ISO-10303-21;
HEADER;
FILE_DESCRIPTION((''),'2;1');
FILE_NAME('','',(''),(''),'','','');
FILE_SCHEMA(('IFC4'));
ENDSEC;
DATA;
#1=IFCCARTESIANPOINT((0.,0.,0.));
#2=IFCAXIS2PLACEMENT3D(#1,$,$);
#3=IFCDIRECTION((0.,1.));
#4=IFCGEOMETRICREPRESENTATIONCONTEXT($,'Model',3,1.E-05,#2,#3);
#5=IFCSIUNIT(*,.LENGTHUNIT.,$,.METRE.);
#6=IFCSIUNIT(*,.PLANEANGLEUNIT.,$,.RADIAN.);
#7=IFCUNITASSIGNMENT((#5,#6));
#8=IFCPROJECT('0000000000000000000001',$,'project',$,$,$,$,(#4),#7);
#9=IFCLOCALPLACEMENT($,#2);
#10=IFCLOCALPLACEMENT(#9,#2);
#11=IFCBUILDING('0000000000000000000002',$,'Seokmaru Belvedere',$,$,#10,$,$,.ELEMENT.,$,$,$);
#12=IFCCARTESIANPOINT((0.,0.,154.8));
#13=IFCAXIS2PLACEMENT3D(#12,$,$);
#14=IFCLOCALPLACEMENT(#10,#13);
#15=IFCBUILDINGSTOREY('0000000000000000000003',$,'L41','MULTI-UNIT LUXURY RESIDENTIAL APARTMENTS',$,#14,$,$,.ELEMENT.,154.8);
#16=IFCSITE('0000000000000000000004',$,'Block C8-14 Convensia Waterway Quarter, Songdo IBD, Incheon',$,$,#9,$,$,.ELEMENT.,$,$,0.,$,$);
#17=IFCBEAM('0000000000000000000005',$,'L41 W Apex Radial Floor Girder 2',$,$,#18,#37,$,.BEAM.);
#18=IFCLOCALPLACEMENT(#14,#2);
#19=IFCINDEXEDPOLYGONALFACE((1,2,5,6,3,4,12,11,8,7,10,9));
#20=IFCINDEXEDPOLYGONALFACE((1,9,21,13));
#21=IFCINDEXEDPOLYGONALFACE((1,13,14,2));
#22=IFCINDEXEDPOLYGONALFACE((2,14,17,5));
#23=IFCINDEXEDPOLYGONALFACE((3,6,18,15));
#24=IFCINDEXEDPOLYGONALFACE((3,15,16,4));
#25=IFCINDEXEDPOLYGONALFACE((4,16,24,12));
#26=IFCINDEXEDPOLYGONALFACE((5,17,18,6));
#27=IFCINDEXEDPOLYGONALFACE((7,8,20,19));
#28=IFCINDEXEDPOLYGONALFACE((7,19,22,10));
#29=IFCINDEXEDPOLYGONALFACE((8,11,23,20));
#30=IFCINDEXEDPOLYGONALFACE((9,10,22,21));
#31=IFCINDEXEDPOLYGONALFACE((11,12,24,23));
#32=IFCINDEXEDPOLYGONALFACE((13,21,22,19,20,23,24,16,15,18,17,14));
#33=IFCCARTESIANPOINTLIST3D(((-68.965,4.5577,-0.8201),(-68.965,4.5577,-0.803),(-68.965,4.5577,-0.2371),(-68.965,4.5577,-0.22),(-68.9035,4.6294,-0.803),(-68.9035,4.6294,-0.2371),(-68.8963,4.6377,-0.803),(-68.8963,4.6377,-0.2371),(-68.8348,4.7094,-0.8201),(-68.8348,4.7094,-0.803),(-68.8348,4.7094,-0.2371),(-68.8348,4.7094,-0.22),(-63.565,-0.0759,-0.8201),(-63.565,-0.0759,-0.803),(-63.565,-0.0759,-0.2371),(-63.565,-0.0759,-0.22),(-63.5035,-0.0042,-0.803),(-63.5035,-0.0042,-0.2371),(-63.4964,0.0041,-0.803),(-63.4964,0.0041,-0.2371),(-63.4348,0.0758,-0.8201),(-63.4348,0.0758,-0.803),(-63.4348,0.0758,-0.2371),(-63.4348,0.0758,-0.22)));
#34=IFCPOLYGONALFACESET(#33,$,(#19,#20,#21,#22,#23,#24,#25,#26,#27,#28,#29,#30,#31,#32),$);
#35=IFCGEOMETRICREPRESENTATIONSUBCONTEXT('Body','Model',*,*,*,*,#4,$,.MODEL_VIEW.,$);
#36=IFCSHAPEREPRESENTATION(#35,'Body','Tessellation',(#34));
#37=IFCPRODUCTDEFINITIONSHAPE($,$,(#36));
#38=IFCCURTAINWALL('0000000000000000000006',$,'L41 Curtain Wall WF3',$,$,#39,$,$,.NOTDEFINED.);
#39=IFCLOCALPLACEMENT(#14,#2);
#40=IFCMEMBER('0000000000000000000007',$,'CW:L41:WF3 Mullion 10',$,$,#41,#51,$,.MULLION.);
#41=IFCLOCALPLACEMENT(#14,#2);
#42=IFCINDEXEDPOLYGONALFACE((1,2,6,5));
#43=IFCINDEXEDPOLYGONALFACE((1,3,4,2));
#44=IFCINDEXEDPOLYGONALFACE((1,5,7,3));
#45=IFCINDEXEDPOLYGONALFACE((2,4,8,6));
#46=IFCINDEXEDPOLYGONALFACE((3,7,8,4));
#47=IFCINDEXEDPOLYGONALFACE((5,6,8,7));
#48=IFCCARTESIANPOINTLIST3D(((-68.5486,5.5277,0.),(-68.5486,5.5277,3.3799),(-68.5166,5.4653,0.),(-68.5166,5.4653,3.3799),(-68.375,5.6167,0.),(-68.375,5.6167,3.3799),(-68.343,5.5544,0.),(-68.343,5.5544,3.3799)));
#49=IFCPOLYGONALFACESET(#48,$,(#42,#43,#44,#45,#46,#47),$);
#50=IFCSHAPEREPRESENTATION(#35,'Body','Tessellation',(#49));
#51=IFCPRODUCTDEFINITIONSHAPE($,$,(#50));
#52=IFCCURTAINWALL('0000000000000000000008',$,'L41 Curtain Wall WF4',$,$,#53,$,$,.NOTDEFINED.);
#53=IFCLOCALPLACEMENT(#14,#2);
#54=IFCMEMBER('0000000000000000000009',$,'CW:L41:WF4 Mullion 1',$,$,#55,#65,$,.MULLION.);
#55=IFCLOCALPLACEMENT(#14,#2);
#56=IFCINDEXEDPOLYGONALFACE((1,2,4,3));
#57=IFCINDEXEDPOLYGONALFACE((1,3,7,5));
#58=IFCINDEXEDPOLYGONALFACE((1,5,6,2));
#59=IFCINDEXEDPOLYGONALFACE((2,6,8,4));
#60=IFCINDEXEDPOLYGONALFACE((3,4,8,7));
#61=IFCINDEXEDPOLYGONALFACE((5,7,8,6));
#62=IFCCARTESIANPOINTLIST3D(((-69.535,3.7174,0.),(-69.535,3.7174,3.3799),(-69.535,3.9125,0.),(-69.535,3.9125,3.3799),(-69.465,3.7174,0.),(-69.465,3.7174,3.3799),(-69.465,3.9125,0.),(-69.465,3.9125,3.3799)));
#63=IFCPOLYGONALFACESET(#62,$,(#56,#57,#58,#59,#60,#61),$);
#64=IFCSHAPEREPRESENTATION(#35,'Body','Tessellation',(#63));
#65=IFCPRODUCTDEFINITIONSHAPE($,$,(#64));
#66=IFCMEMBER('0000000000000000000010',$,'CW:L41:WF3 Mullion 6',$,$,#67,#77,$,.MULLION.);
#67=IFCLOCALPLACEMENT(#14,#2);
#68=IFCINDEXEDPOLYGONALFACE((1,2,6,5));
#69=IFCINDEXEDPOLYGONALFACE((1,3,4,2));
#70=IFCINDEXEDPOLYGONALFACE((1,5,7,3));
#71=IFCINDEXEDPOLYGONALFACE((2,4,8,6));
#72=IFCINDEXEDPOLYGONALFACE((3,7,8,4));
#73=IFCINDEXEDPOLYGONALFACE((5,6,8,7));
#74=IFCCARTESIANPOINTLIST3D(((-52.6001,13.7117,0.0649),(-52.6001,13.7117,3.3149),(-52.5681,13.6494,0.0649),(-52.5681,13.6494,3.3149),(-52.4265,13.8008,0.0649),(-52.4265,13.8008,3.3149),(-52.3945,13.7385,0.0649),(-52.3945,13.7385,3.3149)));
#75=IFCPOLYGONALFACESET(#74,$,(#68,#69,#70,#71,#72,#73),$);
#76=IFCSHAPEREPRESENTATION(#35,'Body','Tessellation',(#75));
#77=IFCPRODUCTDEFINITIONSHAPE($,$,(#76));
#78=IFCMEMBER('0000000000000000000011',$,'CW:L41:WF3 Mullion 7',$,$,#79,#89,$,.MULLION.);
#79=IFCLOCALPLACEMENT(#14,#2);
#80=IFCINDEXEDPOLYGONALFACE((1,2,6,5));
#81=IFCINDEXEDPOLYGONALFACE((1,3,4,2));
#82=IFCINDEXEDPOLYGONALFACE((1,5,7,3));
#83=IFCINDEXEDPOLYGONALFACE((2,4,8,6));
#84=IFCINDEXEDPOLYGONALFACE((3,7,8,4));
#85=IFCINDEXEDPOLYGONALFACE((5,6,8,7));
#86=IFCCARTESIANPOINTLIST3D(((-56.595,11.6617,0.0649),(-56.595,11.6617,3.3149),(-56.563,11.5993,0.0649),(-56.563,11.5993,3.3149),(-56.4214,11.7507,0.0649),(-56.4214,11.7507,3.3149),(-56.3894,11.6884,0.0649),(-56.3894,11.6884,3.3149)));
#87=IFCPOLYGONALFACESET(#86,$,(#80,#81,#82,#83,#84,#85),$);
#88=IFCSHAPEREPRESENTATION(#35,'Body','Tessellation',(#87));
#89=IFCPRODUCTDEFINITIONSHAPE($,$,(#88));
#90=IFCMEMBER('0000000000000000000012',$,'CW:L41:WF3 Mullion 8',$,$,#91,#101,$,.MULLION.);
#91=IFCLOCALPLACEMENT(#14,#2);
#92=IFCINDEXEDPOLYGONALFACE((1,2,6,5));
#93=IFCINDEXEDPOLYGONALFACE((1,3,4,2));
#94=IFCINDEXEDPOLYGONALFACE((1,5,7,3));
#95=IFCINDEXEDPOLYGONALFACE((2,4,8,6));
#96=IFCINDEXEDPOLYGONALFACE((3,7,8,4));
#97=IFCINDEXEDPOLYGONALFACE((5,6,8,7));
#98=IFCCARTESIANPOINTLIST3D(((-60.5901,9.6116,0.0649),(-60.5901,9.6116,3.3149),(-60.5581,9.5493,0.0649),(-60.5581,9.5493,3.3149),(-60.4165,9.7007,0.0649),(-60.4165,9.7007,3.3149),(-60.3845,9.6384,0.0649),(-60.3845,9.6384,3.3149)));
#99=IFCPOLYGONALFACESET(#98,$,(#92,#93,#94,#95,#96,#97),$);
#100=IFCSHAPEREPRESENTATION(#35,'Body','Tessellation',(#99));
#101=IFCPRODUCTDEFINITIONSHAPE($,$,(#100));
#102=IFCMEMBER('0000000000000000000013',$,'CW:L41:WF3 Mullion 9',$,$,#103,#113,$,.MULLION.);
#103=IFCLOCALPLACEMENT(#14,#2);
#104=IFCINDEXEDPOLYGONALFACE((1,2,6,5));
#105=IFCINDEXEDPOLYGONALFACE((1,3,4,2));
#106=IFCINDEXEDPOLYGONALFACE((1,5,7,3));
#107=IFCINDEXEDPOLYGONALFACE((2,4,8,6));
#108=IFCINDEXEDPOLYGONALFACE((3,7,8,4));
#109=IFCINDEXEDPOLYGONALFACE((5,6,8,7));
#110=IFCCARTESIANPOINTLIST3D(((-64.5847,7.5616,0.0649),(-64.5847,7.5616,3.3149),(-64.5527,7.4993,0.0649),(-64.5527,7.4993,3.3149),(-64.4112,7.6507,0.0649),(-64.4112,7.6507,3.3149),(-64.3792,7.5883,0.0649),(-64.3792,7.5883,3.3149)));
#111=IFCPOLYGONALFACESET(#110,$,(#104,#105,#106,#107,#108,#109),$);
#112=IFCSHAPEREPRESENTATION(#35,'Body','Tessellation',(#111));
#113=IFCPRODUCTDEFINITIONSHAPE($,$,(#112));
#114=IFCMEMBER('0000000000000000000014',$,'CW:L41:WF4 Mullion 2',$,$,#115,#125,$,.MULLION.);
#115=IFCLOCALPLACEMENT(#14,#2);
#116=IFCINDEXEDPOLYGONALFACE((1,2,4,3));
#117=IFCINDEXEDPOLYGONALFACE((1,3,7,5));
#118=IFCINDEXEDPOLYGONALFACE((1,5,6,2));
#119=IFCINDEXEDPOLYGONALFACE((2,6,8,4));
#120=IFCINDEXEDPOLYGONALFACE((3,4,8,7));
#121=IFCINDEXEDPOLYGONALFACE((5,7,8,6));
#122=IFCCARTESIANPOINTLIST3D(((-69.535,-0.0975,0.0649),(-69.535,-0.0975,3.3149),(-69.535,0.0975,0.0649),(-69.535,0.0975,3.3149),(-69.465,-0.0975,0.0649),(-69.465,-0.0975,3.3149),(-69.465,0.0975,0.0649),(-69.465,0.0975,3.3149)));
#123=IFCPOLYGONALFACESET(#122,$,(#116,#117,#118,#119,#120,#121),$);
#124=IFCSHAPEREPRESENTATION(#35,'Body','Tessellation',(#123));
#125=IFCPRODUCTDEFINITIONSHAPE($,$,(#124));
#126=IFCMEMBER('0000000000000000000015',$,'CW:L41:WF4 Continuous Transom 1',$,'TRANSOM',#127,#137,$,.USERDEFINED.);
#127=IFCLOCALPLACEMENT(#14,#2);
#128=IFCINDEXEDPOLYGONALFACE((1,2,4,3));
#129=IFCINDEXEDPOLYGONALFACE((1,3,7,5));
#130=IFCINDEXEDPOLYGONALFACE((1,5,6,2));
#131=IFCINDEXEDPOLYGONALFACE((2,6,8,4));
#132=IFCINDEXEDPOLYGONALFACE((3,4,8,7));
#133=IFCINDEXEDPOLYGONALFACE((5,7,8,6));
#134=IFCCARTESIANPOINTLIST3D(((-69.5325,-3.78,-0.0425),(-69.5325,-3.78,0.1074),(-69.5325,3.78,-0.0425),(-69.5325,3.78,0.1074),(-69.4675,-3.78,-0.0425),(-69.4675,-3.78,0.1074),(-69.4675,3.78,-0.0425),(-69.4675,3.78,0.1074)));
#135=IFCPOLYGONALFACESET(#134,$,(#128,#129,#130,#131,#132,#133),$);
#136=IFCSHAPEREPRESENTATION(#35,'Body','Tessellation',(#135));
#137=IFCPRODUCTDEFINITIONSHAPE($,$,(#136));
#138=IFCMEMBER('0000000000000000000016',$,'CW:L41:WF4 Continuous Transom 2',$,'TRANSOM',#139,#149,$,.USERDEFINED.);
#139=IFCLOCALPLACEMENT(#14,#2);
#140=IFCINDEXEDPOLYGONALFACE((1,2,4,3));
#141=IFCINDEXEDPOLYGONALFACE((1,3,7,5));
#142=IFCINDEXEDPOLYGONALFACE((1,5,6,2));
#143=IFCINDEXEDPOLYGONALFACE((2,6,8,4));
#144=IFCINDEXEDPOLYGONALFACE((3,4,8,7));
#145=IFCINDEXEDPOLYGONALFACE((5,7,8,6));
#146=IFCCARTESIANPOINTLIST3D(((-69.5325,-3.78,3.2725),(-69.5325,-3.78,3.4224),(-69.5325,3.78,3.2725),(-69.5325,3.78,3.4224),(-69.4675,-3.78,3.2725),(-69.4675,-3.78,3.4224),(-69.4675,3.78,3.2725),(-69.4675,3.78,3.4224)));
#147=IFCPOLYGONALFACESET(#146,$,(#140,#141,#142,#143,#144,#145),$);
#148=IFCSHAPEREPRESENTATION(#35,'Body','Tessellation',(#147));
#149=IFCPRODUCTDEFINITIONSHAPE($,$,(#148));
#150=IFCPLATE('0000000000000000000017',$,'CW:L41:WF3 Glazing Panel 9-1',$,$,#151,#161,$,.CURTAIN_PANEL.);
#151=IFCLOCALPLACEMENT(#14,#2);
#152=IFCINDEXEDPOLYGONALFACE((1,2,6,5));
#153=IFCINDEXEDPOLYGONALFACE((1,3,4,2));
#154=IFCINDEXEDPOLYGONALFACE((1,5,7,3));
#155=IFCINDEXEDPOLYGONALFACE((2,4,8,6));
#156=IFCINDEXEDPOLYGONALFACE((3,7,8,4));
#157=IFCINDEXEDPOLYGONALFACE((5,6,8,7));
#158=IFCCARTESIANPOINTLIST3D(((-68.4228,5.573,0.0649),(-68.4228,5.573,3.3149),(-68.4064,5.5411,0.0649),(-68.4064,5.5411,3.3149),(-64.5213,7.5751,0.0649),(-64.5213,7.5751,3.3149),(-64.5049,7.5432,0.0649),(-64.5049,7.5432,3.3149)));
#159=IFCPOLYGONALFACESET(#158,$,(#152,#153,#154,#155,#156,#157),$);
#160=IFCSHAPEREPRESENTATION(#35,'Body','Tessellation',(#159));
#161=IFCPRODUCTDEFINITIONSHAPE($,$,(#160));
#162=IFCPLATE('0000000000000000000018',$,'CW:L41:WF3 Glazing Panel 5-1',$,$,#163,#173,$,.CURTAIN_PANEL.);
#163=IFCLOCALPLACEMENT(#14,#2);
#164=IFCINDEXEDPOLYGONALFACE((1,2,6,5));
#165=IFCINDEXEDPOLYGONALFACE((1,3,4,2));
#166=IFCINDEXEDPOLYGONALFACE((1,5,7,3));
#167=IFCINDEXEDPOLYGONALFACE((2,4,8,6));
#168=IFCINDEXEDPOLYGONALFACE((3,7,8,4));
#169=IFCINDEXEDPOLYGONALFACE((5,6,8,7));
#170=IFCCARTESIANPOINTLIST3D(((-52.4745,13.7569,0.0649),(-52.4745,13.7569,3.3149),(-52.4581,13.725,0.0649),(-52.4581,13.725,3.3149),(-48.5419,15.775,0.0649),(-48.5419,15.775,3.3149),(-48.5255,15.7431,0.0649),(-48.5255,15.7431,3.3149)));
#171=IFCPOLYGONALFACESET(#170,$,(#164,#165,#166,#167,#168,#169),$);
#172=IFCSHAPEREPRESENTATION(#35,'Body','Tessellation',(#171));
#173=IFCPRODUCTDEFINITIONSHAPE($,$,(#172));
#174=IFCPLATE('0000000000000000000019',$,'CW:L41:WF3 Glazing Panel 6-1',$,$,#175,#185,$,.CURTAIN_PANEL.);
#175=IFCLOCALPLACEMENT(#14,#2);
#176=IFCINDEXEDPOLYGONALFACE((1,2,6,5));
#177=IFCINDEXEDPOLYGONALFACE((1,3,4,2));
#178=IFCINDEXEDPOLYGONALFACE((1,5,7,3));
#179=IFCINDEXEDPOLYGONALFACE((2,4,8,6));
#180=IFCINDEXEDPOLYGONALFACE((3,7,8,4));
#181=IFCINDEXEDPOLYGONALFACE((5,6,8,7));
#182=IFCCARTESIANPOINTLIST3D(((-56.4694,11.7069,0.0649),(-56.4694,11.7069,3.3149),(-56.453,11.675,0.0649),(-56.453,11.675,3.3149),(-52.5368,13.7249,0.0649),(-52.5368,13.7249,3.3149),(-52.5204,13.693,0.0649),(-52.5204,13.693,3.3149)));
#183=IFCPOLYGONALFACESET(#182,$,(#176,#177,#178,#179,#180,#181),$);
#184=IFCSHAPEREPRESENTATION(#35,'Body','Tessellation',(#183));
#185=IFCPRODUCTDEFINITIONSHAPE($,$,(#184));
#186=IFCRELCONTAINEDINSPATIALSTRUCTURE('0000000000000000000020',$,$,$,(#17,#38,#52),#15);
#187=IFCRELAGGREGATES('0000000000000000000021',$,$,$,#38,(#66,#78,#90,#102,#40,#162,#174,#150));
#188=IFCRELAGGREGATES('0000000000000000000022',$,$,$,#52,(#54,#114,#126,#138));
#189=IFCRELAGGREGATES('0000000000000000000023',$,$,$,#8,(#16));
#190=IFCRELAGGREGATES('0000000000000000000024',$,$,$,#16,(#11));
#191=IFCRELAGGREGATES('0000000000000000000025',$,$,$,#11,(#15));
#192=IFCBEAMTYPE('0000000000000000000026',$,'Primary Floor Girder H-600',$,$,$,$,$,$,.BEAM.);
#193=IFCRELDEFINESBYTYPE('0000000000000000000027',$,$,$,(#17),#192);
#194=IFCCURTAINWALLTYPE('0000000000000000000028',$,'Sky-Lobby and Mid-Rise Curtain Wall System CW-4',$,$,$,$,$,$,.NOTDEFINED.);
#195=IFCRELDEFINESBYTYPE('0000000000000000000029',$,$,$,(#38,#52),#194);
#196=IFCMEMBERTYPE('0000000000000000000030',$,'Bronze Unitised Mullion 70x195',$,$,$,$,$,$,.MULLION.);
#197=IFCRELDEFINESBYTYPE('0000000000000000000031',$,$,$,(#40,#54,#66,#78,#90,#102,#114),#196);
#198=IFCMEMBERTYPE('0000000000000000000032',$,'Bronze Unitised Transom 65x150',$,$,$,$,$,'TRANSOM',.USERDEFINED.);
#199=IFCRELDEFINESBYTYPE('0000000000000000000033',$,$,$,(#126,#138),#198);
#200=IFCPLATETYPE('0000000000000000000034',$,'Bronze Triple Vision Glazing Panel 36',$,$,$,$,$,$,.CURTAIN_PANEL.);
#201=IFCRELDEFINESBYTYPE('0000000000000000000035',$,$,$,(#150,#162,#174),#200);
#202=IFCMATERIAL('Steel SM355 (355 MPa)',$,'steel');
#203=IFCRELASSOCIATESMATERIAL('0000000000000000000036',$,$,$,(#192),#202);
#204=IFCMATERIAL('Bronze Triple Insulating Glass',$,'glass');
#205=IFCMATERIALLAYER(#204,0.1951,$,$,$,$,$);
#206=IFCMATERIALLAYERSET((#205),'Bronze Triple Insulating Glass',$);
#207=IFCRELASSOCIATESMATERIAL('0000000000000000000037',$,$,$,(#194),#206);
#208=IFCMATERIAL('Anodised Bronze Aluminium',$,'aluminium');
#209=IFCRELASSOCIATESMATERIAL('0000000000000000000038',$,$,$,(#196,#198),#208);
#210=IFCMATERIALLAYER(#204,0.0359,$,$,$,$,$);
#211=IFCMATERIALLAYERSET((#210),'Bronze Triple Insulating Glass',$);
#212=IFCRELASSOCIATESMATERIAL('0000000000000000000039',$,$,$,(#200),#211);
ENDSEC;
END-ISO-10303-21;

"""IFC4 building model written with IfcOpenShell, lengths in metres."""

from ifc_helpers import new_model, si_unit, direction, frame, origin, origin_2d, place, context, subcontext, project, spatial, rectangle, i_section, extrude, source, transform, mapped, material, layer, layer_set, material_profile, profile_set, type_object, type_shapes, element, aggregate, save


model = new_model("IFC4")

# Units and contexts
model_context = context("Model", 3, precision=1e-05, world=origin(), true_north=direction((0.0, 1.0)))
body_context = subcontext(model_context, "Body", "Model", "MODEL_VIEW")
ifc_project = project(units=[si_unit("LENGTHUNIT", "METRE"), si_unit("PLANEANGLEUNIT", "RADIAN")], contexts=[model_context])

# Site, building, storey
site_placement = place(None, origin())
site = spatial("IfcSite", under=ifc_project, at=site_placement, Name="Block C8-14 Convensia Waterway Quarter, Songdo IBD, Incheon", CompositionType="ELEMENT", RefElevation=0.0)
building_placement = place(site_placement, origin())
building = spatial("IfcBuilding", under=site, at=building_placement, Name="Seokmaru Belvedere", CompositionType="ELEMENT")
storey_placement = place(building_placement, frame((0.0, 0.0, 154.8)))
storey = spatial("IfcBuildingStorey", under=building, at=storey_placement, Name="L41", Description="MULTI-UNIT LUXURY RESIDENTIAL APARTMENTS", CompositionType="ELEMENT", Elevation=154.8)

# Shared definitions
ifc_material_1 = material(Name="Steel SM355 (355 MPa)", Category="steel")

# Beam
ifc_material_profile_1 = material_profile(ifc_material_1, i_section(OverallWidth=0.2, OverallDepth=0.6001, WebThickness=0.011, FlangeThickness=0.0171, at=origin_2d()), Name="H-600x200x11x17")
ifc_profile_set_1 = profile_set([ifc_material_profile_1], Name="Steel SM355 (355 MPa)")
beam_type_1 = type_object("IfcBeamType", Name="Primary Floor Girder H-600", PredefinedType="BEAM", material=ifc_profile_set_1)
shared_shape_1 = source(origin(), body_context, "Body", "SweptSolid", [
    extrude(i_section(OverallWidth=0.2, OverallDepth=0.6001, WebThickness=0.011, FlangeThickness=0.0171, at=origin_2d()), origin(), (0.0, 0.0, 1.0), 7.1155),
])
beam_1_placement = place(storey_placement, frame((-68.8999, 4.6335, -0.52), z_axis=(0.758905, -0.651201, 0.0), x_axis=(0.651201, 0.758905, 0.0)))
element("IfcBeam", 1, at=beam_1_placement, inside=storey, type_object=beam_type_1, Name="L41 W Apex Radial Floor Girder 2", PredefinedType="BEAM", context=body_context, shape_type="MappedRepresentation", body=[
    mapped(shared_shape_1, transform((0.0, 0.0, 0.0), scale=1.0)),
])

# Curtain walls, members
ifc_material_2 = material(Name="Bronze Triple Insulating Glass", Category="glass")
ifc_layer_1 = layer(ifc_material_2, 0.1951)
ifc_layer_set_1 = layer_set([ifc_layer_1], Name="Bronze Triple Insulating Glass")
curtain_wall_type = type_object("IfcCurtainWallType", Name="Sky-Lobby and Mid-Rise Curtain Wall System CW-4", PredefinedType="NOTDEFINED", material=ifc_layer_set_1)
curtain_wall_1_placement = place(storey_placement, origin())
curtain_wall_1 = element("IfcCurtainWall", 2, at=curtain_wall_1_placement, inside=storey, type_object=curtain_wall_type, Name="L41 Curtain Wall WF3", PredefinedType="NOTDEFINED")
ifc_material_3 = material(Name="Anodised Bronze Aluminium", Category="aluminium")
ifc_material_profile_2 = material_profile(ifc_material_3, rectangle(XDim=0.0701, YDim=0.1951, at=origin_2d()), Name="CW-M-70x195")
ifc_profile_set_2 = profile_set([ifc_material_profile_2], Name="Anodised Bronze Aluminium")
member_type_1 = type_object("IfcMemberType", Name="Bronze Unitised Mullion 70x195", PredefinedType="MULLION", material=ifc_profile_set_2)
shared_shape_2 = source(origin(), body_context, "Body", "SweptSolid", [
    extrude(rectangle(XDim=0.0701, YDim=0.1951, at=origin_2d()), origin(), (0.0, 0.0, 1.0), 3.3799),
])
member_1_placement = place(storey_placement, frame((-68.4458, 5.541, 0.0), z_axis=(0.0, 0.0, 1.0), x_axis=(0.456555, -0.889695, 0.0)))
member_1 = element("IfcMember", 3, at=member_1_placement, type_object=member_type_1, Name="CW:L41:WF3 Mullion 10", PredefinedType="MULLION", context=body_context, shape_type="MappedRepresentation", body=[
    mapped(shared_shape_2, transform((0.0, 0.0, 0.0), scale=1.0)),
])
curtain_wall_2_placement = place(storey_placement, origin())
curtain_wall_2 = element("IfcCurtainWall", 4, at=curtain_wall_2_placement, inside=storey, type_object=curtain_wall_type, Name="L41 Curtain Wall WF4", PredefinedType="NOTDEFINED")
member_2_placement = place(storey_placement, frame((-69.5, 3.8149, 0.0), z_axis=(0.0, 0.0, 1.0), x_axis=(1.0, 0.0, 0.0)))
member_2 = element("IfcMember", 5, at=member_2_placement, type_object=member_type_1, Name="CW:L41:WF4 Mullion 1", PredefinedType="MULLION", context=body_context, shape_type="MappedRepresentation", body=[
    mapped(shared_shape_2, transform((0.0, 0.0, 0.0), scale=1.0)),
])

# Members
shared_shape_3 = source(origin(), body_context, "Body", "SweptSolid", [
    extrude(rectangle(XDim=0.0701, YDim=0.1951, at=origin_2d()), origin(), (0.0, 0.0, 1.0), 3.25),
])
type_shapes(member_type_1, [shared_shape_2, shared_shape_3])
member_3_placement = place(storey_placement, frame((-52.4973, 13.7251, 0.0649), z_axis=(0.0, 0.0, 1.0), x_axis=(0.456555, -0.889695, 0.0)))
member_3 = element("IfcMember", 6, at=member_3_placement, type_object=member_type_1, Name="CW:L41:WF3 Mullion 6", PredefinedType="MULLION", context=body_context, shape_type="MappedRepresentation", body=[
    mapped(shared_shape_3, transform((0.0, 0.0, 0.0), scale=1.0)),
])
member_4_placement = place(storey_placement, frame((-56.4922, 11.675, 0.0649), z_axis=(0.0, 0.0, 1.0), x_axis=(0.456555, -0.889695, 0.0)))
member_4 = element("IfcMember", 7, at=member_4_placement, type_object=member_type_1, Name="CW:L41:WF3 Mullion 7", PredefinedType="MULLION", context=body_context, shape_type="MappedRepresentation", body=[
    mapped(shared_shape_3, transform((0.0, 0.0, 0.0), scale=1.0)),
])
member_5_placement = place(storey_placement, frame((-60.4873, 9.625, 0.0649), z_axis=(0.0, 0.0, 1.0), x_axis=(0.456555, -0.889695, 0.0)))
member_5 = element("IfcMember", 8, at=member_5_placement, type_object=member_type_1, Name="CW:L41:WF3 Mullion 8", PredefinedType="MULLION", context=body_context, shape_type="MappedRepresentation", body=[
    mapped(shared_shape_3, transform((0.0, 0.0, 0.0), scale=1.0)),
])
member_6_placement = place(storey_placement, frame((-64.4819, 7.575, 0.0649), z_axis=(0.0, 0.0, 1.0), x_axis=(0.456555, -0.889695, 0.0)))
member_6 = element("IfcMember", 9, at=member_6_placement, type_object=member_type_1, Name="CW:L41:WF3 Mullion 9", PredefinedType="MULLION", context=body_context, shape_type="MappedRepresentation", body=[
    mapped(shared_shape_3, transform((0.0, 0.0, 0.0), scale=1.0)),
])
member_7_placement = place(storey_placement, frame((-69.5, 0.0, 0.0649), z_axis=(0.0, 0.0, 1.0), x_axis=(1.0, 0.0, 0.0)))
member_7 = element("IfcMember", 10, at=member_7_placement, type_object=member_type_1, Name="CW:L41:WF4 Mullion 2", PredefinedType="MULLION", context=body_context, shape_type="MappedRepresentation", body=[
    mapped(shared_shape_3, transform((0.0, 0.0, 0.0), scale=1.0)),
])
ifc_material_profile_3 = material_profile(ifc_material_3, rectangle(XDim=0.0649, YDim=0.1499, at=origin_2d()), Name="CW-T-65x150")
ifc_profile_set_3 = profile_set([ifc_material_profile_3], Name="Anodised Bronze Aluminium")
member_type_2 = type_object("IfcMemberType", Name="Bronze Unitised Transom 65x150", ElementType="TRANSOM", PredefinedType="USERDEFINED", material=ifc_profile_set_3)
shared_shape_4 = source(origin(), body_context, "Body", "SweptSolid", [
    extrude(rectangle(XDim=0.0649, YDim=0.1499, at=origin_2d()), origin(), (0.0, 0.0, 1.0), 7.5601),
])
type_shapes(member_type_2, [shared_shape_4])
member_8_placement = place(storey_placement, frame((-69.5, 3.78, 0.0325), z_axis=(0.0, -1.0, 0.0), x_axis=(1.0, 0.0, 0.0)))
member_8 = element("IfcMember", 11, at=member_8_placement, type_object=member_type_2, Name="CW:L41:WF4 Continuous Transom 1", ObjectType="TRANSOM", PredefinedType="USERDEFINED", context=body_context, shape_type="MappedRepresentation", body=[
    mapped(shared_shape_4, transform((0.0, 0.0, 0.0), scale=1.0)),
])
member_9_placement = place(storey_placement, frame((-69.5, 3.78, 3.3474), z_axis=(0.0, -1.0, 0.0), x_axis=(1.0, 0.0, 0.0)))
member_9 = element("IfcMember", 12, at=member_9_placement, type_object=member_type_2, Name="CW:L41:WF4 Continuous Transom 2", ObjectType="TRANSOM", PredefinedType="USERDEFINED", context=body_context, shape_type="MappedRepresentation", body=[
    mapped(shared_shape_4, transform((0.0, 0.0, 0.0), scale=1.0)),
])

# Plates
ifc_layer_2 = layer(ifc_material_2, 0.0359)
ifc_layer_set_2 = layer_set([ifc_layer_2], Name="Bronze Triple Insulating Glass")
plate_type = type_object("IfcPlateType", Name="Bronze Triple Vision Glazing Panel 36", PredefinedType="CURTAIN_PANEL", material=ifc_layer_set_2)
shared_shape_5 = source(origin(), body_context, "Body", "SweptSolid", [
    extrude(rectangle(XDim=4.3853, YDim=0.0359, at=origin_2d()), origin(), (0.0, 0.0, 1.0), 3.25),
])
plate_1_placement = place(storey_placement, frame((-66.4639, 6.5581, 0.0649), z_axis=(0.0, 0.0, 1.0), x_axis=(-0.889695, -0.456555, 0.0)))
plate_1 = element("IfcPlate", 13, at=plate_1_placement, type_object=plate_type, Name="CW:L41:WF3 Glazing Panel 9-1", PredefinedType="CURTAIN_PANEL", context=body_context, shape_type="MappedRepresentation", body=[
    mapped(shared_shape_5, transform((0.0, 0.0, 0.0), scale=1.0)),
])
shared_shape_6 = source(origin(), body_context, "Body", "SweptSolid", [
    extrude(rectangle(XDim=4.4202, YDim=0.0359, at=origin_2d()), origin(), (0.0, 0.0, 1.0), 3.25),
])
plate_2_placement = place(storey_placement, frame((-50.5, 14.75, 0.0649), z_axis=(0.0, 0.0, 1.0), x_axis=(-0.889695, -0.456555, 0.0)))
plate_2 = element("IfcPlate", 14, at=plate_2_placement, type_object=plate_type, Name="CW:L41:WF3 Glazing Panel 5-1", PredefinedType="CURTAIN_PANEL", context=body_context, shape_type="MappedRepresentation", body=[
    mapped(shared_shape_6, transform((0.0, 0.0, 0.0), scale=1.0)),
])
plate_3_placement = place(storey_placement, frame((-54.4949, 12.7, 0.0649), z_axis=(0.0, 0.0, 1.0), x_axis=(-0.889695, -0.456555, 0.0)))
plate_3 = element("IfcPlate", 15, at=plate_3_placement, type_object=plate_type, Name="CW:L41:WF3 Glazing Panel 6-1", PredefinedType="CURTAIN_PANEL", context=body_context, shape_type="MappedRepresentation", body=[
    mapped(shared_shape_6, transform((0.0, 0.0, 0.0), scale=1.0)),
])
aggregate(curtain_wall_1, [member_3, member_4, member_5, member_6, member_1, plate_2, plate_3, plate_1])
aggregate(curtain_wall_2, [member_2, member_7, member_8, member_9])

save(model, "model.ifc")
